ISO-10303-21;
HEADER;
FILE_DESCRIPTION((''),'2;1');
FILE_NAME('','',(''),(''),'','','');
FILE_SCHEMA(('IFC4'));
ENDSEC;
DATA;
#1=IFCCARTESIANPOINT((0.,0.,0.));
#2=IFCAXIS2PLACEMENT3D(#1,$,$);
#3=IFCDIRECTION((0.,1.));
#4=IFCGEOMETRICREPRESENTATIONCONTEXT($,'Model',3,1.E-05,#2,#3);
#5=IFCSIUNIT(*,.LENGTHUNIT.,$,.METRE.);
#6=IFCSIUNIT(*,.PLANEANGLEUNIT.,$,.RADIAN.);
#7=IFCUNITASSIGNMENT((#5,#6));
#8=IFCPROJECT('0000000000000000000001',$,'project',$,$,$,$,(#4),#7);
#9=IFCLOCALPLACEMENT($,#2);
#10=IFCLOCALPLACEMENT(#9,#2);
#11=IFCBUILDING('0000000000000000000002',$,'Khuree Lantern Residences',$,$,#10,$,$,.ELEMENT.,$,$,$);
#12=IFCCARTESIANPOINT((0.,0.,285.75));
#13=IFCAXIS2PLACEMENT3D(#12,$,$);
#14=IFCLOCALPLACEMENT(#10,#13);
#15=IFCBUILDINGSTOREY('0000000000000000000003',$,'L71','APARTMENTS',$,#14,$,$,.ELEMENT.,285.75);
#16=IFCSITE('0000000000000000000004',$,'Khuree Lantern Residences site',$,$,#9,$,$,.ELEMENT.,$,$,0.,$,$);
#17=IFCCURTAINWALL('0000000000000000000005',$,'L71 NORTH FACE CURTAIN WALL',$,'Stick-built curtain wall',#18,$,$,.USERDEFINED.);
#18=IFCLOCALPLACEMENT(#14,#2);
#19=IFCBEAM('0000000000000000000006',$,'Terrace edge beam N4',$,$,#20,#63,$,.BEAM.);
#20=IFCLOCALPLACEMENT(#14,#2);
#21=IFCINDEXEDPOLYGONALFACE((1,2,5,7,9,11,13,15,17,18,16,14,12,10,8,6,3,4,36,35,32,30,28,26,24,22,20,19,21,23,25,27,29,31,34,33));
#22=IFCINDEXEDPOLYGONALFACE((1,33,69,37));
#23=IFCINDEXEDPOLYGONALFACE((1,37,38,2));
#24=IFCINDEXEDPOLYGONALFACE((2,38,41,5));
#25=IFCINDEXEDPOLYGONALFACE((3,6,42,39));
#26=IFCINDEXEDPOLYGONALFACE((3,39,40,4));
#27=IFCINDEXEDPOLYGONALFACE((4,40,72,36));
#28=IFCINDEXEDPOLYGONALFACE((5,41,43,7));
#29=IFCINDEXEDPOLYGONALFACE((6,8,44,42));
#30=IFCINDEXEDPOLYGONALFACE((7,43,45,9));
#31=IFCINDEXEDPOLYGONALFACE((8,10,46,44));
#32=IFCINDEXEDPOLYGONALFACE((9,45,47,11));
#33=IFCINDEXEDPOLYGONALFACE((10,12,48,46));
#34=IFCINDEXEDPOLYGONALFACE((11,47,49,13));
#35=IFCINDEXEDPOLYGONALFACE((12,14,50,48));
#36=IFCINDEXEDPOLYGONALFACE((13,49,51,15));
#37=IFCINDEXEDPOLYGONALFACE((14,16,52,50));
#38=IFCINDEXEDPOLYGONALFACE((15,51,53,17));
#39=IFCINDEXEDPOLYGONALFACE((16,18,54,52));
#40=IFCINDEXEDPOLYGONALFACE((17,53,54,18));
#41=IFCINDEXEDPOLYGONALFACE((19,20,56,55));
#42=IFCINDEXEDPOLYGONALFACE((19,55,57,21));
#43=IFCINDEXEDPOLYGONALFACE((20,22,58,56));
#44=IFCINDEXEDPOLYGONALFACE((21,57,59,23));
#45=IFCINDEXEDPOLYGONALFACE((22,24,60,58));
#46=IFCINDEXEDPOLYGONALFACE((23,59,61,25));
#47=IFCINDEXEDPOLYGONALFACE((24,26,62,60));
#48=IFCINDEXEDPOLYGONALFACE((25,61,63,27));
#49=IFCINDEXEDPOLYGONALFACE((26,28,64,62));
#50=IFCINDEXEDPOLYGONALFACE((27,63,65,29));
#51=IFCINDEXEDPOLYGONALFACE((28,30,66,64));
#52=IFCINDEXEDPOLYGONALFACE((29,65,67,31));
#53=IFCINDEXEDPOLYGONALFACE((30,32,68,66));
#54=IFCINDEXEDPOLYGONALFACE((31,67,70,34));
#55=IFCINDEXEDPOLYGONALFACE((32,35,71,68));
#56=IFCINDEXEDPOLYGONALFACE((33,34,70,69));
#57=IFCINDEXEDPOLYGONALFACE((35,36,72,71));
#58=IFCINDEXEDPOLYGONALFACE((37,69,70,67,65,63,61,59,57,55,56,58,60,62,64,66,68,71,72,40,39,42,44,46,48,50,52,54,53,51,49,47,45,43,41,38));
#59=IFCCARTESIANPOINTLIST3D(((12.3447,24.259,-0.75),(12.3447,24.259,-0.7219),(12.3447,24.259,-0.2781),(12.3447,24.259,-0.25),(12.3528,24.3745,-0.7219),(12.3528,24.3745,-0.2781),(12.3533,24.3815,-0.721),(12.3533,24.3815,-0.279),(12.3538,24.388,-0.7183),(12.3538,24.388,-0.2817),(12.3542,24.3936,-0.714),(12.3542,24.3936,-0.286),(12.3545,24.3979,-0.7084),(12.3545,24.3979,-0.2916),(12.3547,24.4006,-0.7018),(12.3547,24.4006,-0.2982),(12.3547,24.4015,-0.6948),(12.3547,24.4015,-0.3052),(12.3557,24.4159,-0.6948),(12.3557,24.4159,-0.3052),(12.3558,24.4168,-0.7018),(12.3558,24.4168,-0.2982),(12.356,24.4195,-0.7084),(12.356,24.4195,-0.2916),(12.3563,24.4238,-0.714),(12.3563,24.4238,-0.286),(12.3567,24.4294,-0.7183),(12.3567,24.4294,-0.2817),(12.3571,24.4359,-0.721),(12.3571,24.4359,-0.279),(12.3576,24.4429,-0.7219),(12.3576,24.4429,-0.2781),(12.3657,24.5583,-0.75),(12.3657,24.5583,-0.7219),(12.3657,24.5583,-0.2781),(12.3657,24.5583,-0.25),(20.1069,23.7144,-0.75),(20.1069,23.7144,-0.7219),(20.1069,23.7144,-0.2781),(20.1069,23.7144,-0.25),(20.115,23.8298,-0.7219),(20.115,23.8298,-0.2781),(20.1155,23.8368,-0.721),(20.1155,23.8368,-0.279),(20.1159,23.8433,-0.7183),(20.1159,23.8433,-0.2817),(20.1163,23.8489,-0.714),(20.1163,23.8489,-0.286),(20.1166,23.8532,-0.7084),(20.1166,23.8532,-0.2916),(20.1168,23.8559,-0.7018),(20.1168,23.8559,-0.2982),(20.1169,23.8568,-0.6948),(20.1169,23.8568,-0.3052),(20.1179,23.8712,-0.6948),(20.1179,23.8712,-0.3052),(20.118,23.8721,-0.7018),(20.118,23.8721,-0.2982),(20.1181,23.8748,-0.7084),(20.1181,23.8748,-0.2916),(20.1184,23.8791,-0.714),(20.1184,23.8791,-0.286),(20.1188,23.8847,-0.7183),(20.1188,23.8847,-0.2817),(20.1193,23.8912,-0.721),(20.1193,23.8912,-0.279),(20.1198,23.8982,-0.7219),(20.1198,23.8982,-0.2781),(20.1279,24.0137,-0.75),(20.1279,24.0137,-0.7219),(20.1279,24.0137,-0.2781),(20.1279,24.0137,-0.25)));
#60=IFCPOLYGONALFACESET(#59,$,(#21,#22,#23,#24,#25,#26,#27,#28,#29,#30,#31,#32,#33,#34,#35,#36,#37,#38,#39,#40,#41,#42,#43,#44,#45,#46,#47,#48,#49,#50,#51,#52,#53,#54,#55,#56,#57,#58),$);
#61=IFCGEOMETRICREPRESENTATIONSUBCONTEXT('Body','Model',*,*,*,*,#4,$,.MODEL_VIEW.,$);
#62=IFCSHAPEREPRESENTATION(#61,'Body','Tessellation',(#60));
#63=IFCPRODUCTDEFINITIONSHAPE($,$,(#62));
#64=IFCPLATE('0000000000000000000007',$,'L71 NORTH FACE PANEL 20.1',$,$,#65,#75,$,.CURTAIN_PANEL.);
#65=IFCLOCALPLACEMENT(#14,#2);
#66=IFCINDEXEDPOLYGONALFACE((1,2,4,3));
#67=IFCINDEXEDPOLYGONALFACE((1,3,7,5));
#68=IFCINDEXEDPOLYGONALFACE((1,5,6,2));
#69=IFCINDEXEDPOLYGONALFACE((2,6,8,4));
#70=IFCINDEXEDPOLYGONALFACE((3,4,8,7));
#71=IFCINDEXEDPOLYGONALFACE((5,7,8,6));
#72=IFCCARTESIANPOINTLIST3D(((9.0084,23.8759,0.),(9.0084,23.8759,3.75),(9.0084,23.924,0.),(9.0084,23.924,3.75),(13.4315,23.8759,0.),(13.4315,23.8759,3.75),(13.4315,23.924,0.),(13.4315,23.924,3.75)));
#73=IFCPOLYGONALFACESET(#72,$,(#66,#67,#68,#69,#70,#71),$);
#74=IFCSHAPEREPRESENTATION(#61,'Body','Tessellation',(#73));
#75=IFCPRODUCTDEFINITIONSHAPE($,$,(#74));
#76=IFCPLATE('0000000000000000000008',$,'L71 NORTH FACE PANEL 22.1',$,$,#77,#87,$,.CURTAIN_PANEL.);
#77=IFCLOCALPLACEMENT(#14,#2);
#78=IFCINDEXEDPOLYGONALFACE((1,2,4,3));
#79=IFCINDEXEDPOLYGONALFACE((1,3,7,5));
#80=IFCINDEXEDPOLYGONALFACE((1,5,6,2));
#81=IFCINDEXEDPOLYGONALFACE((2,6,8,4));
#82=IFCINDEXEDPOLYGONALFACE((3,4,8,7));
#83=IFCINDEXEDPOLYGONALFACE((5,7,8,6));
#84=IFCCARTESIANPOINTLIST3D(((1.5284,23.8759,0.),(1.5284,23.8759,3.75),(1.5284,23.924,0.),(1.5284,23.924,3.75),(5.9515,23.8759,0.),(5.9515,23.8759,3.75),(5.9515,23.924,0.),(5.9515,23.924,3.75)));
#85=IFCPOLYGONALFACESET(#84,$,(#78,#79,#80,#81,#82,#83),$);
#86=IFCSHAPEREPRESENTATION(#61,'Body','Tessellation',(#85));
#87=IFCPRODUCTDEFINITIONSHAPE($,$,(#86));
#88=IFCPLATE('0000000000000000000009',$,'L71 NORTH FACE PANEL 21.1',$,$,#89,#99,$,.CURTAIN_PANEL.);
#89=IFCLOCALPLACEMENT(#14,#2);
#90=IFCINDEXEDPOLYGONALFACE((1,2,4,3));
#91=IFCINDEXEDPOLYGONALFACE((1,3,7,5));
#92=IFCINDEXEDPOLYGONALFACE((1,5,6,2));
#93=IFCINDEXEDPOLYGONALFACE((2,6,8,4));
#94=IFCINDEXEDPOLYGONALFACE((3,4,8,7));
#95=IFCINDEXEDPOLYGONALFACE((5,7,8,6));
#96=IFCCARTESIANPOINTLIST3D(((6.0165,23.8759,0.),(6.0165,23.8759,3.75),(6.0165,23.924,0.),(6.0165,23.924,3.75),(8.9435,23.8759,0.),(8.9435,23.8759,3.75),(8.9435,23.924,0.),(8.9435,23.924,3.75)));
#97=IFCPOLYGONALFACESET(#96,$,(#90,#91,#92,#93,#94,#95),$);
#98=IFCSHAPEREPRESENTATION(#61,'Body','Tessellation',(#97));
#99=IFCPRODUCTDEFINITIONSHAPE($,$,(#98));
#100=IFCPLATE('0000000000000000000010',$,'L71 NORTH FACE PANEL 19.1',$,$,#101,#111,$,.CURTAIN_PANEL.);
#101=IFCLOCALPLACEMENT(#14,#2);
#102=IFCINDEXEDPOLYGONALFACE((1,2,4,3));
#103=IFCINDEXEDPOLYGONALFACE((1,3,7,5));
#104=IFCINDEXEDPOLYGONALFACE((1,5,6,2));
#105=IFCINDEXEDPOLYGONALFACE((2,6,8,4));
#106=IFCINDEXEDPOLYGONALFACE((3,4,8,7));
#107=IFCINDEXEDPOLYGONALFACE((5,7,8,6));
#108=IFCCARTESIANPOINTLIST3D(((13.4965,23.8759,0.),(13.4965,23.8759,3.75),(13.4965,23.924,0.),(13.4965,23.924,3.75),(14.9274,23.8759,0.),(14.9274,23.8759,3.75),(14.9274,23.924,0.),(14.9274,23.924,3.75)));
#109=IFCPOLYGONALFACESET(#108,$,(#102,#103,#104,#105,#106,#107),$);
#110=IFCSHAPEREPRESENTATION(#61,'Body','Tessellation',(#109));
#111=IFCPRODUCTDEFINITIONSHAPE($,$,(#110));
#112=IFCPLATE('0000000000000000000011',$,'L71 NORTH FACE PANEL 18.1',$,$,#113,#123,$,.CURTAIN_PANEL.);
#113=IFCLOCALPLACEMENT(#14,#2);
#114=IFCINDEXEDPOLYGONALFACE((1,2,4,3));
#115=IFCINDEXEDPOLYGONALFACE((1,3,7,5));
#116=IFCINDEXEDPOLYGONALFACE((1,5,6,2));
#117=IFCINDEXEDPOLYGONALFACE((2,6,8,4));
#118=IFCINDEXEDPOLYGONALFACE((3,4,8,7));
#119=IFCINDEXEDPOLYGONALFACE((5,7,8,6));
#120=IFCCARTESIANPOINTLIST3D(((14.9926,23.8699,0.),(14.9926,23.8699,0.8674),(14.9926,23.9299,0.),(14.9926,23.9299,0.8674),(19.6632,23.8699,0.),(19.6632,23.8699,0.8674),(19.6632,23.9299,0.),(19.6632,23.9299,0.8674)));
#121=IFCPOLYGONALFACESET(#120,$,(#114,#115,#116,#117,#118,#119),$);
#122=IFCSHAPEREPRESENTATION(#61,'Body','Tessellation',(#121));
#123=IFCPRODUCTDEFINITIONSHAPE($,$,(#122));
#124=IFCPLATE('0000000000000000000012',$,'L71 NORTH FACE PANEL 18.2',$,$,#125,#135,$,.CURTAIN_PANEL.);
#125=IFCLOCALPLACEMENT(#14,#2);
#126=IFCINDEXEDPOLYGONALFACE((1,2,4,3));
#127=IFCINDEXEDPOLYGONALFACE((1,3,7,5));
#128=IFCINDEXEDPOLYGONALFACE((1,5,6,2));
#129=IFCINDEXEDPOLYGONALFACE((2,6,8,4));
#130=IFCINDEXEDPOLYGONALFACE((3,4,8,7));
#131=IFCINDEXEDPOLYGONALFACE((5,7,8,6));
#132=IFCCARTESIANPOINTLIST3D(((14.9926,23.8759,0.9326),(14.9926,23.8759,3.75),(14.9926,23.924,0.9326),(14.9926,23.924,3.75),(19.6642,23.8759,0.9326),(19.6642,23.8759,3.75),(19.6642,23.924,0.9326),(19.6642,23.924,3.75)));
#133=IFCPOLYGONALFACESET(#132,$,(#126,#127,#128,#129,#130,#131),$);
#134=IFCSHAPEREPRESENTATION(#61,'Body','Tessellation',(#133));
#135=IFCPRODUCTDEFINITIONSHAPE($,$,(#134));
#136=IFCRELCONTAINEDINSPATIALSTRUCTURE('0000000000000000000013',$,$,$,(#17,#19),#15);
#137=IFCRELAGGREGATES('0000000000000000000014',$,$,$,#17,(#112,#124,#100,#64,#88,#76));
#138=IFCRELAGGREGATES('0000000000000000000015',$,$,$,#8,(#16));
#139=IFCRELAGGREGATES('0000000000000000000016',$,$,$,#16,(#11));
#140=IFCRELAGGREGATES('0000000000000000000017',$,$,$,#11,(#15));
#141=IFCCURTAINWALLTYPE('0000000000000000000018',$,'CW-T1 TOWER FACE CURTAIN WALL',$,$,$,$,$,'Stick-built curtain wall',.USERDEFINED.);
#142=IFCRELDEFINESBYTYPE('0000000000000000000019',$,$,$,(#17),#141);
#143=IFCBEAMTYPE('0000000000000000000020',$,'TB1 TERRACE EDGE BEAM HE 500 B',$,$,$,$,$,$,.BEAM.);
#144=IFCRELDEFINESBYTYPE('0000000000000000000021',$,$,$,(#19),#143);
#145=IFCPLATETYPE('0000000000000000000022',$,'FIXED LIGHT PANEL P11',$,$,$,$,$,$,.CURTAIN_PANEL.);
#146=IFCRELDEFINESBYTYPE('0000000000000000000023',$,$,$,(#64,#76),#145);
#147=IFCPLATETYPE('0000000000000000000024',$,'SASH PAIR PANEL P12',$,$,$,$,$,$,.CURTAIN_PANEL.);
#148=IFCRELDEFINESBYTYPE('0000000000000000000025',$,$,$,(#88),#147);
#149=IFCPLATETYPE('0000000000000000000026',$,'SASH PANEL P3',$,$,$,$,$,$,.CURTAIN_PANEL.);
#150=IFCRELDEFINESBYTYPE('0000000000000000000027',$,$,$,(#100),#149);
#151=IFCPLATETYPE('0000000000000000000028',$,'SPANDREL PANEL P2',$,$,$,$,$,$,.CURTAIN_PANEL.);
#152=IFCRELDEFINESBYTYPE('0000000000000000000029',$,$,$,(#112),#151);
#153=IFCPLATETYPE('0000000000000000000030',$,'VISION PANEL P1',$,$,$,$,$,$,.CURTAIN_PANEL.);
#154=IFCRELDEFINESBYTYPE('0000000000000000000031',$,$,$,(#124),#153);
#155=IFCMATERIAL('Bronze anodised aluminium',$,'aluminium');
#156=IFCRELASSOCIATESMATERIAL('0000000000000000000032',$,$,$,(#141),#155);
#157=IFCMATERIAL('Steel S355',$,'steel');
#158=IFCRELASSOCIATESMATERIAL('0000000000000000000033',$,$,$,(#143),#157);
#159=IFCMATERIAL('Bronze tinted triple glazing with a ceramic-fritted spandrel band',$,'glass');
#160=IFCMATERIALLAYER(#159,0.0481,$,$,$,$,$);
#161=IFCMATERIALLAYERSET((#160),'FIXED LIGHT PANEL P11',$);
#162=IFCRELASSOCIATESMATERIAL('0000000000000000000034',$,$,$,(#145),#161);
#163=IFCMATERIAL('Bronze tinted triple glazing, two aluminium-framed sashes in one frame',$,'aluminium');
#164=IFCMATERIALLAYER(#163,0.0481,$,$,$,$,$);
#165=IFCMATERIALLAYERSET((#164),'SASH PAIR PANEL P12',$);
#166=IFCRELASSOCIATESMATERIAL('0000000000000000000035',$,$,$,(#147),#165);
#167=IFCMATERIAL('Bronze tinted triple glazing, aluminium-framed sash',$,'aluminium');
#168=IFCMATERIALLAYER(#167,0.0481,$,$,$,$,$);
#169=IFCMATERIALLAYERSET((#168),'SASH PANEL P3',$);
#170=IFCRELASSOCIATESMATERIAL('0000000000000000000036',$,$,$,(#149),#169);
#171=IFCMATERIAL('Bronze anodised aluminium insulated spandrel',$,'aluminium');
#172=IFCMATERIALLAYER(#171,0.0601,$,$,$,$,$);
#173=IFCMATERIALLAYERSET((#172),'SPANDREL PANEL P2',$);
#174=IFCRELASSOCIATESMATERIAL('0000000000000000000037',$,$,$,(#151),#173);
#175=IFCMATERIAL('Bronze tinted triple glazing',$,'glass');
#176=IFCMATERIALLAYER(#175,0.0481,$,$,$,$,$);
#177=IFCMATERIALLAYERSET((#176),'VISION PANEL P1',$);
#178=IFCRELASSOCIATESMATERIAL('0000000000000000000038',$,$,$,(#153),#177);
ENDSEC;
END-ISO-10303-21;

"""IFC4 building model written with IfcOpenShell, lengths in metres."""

from ifc_helpers import new_model, si_unit, direction, frame, origin, origin_2d, place, context, subcontext, project, spatial, rectangle, i_section, extrude, material, layer, layer_set, material_profile, profile_set, type_object, element, aggregate, save


model = new_model("IFC4")

# Units and contexts
model_context = context("Model", 3, precision=1e-05, world=origin(), true_north=direction((0.0, 1.0)))
body_context = subcontext(model_context, "Body", "Model", "MODEL_VIEW")
ifc_project = project(units=[si_unit("LENGTHUNIT", "METRE"), si_unit("PLANEANGLEUNIT", "RADIAN")], contexts=[model_context])

# Site, building, storey
site_placement = place(None, origin())
site = spatial("IfcSite", under=ifc_project, at=site_placement, Name="Khuree Lantern Residences site", CompositionType="ELEMENT", RefElevation=0.0)
building_placement = place(site_placement, origin())
building = spatial("IfcBuilding", under=site, at=building_placement, Name="Khuree Lantern Residences", CompositionType="ELEMENT")
storey_placement = place(building_placement, frame((0.0, 0.0, 285.75)))
storey = spatial("IfcBuildingStorey", under=building, at=storey_placement, Name="L71", Description="APARTMENTS", CompositionType="ELEMENT", Elevation=285.75)

# Shared definitions
ifc_material_1 = material(Name="Steel S355", Category="steel")

# Curtain wall
ifc_material_2 = material(Name="Bronze anodised aluminium", Category="aluminium")
curtain_wall_type = type_object("IfcCurtainWallType", Name="CW-T1 TOWER FACE CURTAIN WALL", ElementType="Stick-built curtain wall", PredefinedType="USERDEFINED", material=ifc_material_2)
curtain_wall_placement = place(storey_placement, origin())
curtain_wall = element("IfcCurtainWall", 1, at=curtain_wall_placement, inside=storey, type_object=curtain_wall_type, Name="L71 NORTH FACE CURTAIN WALL", ObjectType="Stick-built curtain wall", PredefinedType="USERDEFINED")

# Beam
ifc_material_profile_1 = material_profile(ifc_material_1, i_section(OverallWidth=0.3, OverallDepth=0.5, WebThickness=0.0144, FlangeThickness=0.0281, FilletRadius=0.0271, at=origin_2d()), Name="HE 500 B")
ifc_profile_set_1 = profile_set([ifc_material_profile_1], Name="Steel S355")
beam_type_1 = type_object("IfcBeamType", Name="TB1 TERRACE EDGE BEAM HE 500 B", PredefinedType="BEAM", material=ifc_profile_set_1)
beam_1_placement = place(storey_placement, frame((12.3552, 24.4087, -0.5), z_axis=(0.997547, -0.069998, 0.0), x_axis=(0.069998, 0.997547, 0.0)))
element("IfcBeam", 2, at=beam_1_placement, inside=storey, type_object=beam_type_1, Name="Terrace edge beam N4", PredefinedType="BEAM", context=body_context, shape_type="SweptSolid", body=[
    extrude(i_section(OverallWidth=0.3, OverallDepth=0.5, WebThickness=0.0144, FlangeThickness=0.0281, FilletRadius=0.0271, at=origin_2d()), origin(), (0.0, 0.0, 1.0), 7.7812),
])

# Plates
ifc_material_3 = material(Name="Bronze tinted triple glazing with a ceramic-fritted spandrel band", Category="glass")
ifc_layer_1 = layer(ifc_material_3, 0.0481)
ifc_layer_set_1 = layer_set([ifc_layer_1], Name="FIXED LIGHT PANEL P11")
plate_type_1 = type_object("IfcPlateType", Name="FIXED LIGHT PANEL P11", PredefinedType="CURTAIN_PANEL", material=ifc_layer_set_1)
plate_1_placement = place(storey_placement, frame((11.22, 23.8999, 0.0), z_axis=(0.0, 0.0, 1.0), x_axis=(-1.0, 0.0, 0.0)))
plate_1 = element("IfcPlate", 3, at=plate_1_placement, type_object=plate_type_1, Name="L71 NORTH FACE PANEL 20.1", PredefinedType="CURTAIN_PANEL", context=body_context, shape_type="SweptSolid", body=[
    extrude(rectangle(XDim=4.4231, YDim=0.0481, at=origin_2d()), origin(), (0.0, 0.0, 1.0), 3.75),
])
plate_2_placement = place(storey_placement, frame((3.74, 23.8999, 0.0), z_axis=(0.0, 0.0, 1.0), x_axis=(-1.0, 0.0, 0.0)))
plate_2 = element("IfcPlate", 4, at=plate_2_placement, type_object=plate_type_1, Name="L71 NORTH FACE PANEL 22.1", PredefinedType="CURTAIN_PANEL", context=body_context, shape_type="SweptSolid", body=[
    extrude(rectangle(XDim=4.4231, YDim=0.0481, at=origin_2d()), origin(), (0.0, 0.0, 1.0), 3.75),
])
ifc_material_4 = material(Name="Bronze tinted triple glazing, two aluminium-framed sashes in one frame", Category="aluminium")
ifc_layer_2 = layer(ifc_material_4, 0.0481)
ifc_layer_set_2 = layer_set([ifc_layer_2], Name="SASH PAIR PANEL P12")
plate_type_2 = type_object("IfcPlateType", Name="SASH PAIR PANEL P12", PredefinedType="CURTAIN_PANEL", material=ifc_layer_set_2)
plate_3_placement = place(storey_placement, frame((7.48, 23.8999, 0.0), z_axis=(0.0, 0.0, 1.0), x_axis=(-1.0, 0.0, 0.0)))
plate_3 = element("IfcPlate", 5, at=plate_3_placement, type_object=plate_type_2, Name="L71 NORTH FACE PANEL 21.1", PredefinedType="CURTAIN_PANEL", context=body_context, shape_type="SweptSolid", body=[
    extrude(rectangle(XDim=2.927, YDim=0.0481, at=origin_2d()), origin(), (0.0, 0.0, 1.0), 3.75),
])
ifc_material_5 = material(Name="Bronze tinted triple glazing, aluminium-framed sash", Category="aluminium")
ifc_layer_3 = layer(ifc_material_5, 0.0481)
ifc_layer_set_3 = layer_set([ifc_layer_3], Name="SASH PANEL P3")
plate_type_3 = type_object("IfcPlateType", Name="SASH PANEL P3", PredefinedType="CURTAIN_PANEL", material=ifc_layer_set_3)
plate_4_placement = place(storey_placement, frame((14.2119, 23.8999, 0.0), z_axis=(0.0, 0.0, 1.0), x_axis=(-1.0, 0.0, 0.0)))
plate_4 = element("IfcPlate", 6, at=plate_4_placement, type_object=plate_type_3, Name="L71 NORTH FACE PANEL 19.1", PredefinedType="CURTAIN_PANEL", context=body_context, shape_type="SweptSolid", body=[
    extrude(rectangle(XDim=1.4309, YDim=0.0481, at=origin_2d()), origin(), (0.0, 0.0, 1.0), 3.75),
])
ifc_material_6 = material(Name="Bronze anodised aluminium insulated spandrel", Category="aluminium")
ifc_layer_4 = layer(ifc_material_6, 0.0601)
ifc_layer_set_4 = layer_set([ifc_layer_4], Name="SPANDREL PANEL P2")
plate_type_4 = type_object("IfcPlateType", Name="SPANDREL PANEL P2", PredefinedType="CURTAIN_PANEL", material=ifc_layer_set_4)
plate_5_placement = place(storey_placement, frame((17.3279, 23.8999, 0.0), z_axis=(0.0, 0.0, 1.0), x_axis=(-1.0, 0.0, 0.0)))
plate_5 = element("IfcPlate", 7, at=plate_5_placement, type_object=plate_type_4, Name="L71 NORTH FACE PANEL 18.1", PredefinedType="CURTAIN_PANEL", context=body_context, shape_type="SweptSolid", body=[
    extrude(rectangle(XDim=4.6707, YDim=0.0601, at=origin_2d()), origin(), (0.0, 0.0, 1.0), 0.8674),
])
ifc_material_7 = material(Name="Bronze tinted triple glazing", Category="glass")
ifc_layer_5 = layer(ifc_material_7, 0.0481)
ifc_layer_set_5 = layer_set([ifc_layer_5], Name="VISION PANEL P1")
plate_type_5 = type_object("IfcPlateType", Name="VISION PANEL P1", PredefinedType="CURTAIN_PANEL", material=ifc_layer_set_5)
plate_6_placement = place(storey_placement, frame((17.3284, 23.8999, 0.9326), z_axis=(0.0, 0.0, 1.0), x_axis=(-1.0, 0.0, 0.0)))
plate_6 = element("IfcPlate", 8, at=plate_6_placement, type_object=plate_type_5, Name="L71 NORTH FACE PANEL 18.2", PredefinedType="CURTAIN_PANEL", context=body_context, shape_type="SweptSolid", body=[
    extrude(rectangle(XDim=4.6716, YDim=0.0481, at=origin_2d()), origin(), (0.0, 0.0, 1.0), 2.8174),
])
aggregate(curtain_wall, [plate_5, plate_6, plate_4, plate_1, plate_3, plate_2])

save(model, "model.ifc")
